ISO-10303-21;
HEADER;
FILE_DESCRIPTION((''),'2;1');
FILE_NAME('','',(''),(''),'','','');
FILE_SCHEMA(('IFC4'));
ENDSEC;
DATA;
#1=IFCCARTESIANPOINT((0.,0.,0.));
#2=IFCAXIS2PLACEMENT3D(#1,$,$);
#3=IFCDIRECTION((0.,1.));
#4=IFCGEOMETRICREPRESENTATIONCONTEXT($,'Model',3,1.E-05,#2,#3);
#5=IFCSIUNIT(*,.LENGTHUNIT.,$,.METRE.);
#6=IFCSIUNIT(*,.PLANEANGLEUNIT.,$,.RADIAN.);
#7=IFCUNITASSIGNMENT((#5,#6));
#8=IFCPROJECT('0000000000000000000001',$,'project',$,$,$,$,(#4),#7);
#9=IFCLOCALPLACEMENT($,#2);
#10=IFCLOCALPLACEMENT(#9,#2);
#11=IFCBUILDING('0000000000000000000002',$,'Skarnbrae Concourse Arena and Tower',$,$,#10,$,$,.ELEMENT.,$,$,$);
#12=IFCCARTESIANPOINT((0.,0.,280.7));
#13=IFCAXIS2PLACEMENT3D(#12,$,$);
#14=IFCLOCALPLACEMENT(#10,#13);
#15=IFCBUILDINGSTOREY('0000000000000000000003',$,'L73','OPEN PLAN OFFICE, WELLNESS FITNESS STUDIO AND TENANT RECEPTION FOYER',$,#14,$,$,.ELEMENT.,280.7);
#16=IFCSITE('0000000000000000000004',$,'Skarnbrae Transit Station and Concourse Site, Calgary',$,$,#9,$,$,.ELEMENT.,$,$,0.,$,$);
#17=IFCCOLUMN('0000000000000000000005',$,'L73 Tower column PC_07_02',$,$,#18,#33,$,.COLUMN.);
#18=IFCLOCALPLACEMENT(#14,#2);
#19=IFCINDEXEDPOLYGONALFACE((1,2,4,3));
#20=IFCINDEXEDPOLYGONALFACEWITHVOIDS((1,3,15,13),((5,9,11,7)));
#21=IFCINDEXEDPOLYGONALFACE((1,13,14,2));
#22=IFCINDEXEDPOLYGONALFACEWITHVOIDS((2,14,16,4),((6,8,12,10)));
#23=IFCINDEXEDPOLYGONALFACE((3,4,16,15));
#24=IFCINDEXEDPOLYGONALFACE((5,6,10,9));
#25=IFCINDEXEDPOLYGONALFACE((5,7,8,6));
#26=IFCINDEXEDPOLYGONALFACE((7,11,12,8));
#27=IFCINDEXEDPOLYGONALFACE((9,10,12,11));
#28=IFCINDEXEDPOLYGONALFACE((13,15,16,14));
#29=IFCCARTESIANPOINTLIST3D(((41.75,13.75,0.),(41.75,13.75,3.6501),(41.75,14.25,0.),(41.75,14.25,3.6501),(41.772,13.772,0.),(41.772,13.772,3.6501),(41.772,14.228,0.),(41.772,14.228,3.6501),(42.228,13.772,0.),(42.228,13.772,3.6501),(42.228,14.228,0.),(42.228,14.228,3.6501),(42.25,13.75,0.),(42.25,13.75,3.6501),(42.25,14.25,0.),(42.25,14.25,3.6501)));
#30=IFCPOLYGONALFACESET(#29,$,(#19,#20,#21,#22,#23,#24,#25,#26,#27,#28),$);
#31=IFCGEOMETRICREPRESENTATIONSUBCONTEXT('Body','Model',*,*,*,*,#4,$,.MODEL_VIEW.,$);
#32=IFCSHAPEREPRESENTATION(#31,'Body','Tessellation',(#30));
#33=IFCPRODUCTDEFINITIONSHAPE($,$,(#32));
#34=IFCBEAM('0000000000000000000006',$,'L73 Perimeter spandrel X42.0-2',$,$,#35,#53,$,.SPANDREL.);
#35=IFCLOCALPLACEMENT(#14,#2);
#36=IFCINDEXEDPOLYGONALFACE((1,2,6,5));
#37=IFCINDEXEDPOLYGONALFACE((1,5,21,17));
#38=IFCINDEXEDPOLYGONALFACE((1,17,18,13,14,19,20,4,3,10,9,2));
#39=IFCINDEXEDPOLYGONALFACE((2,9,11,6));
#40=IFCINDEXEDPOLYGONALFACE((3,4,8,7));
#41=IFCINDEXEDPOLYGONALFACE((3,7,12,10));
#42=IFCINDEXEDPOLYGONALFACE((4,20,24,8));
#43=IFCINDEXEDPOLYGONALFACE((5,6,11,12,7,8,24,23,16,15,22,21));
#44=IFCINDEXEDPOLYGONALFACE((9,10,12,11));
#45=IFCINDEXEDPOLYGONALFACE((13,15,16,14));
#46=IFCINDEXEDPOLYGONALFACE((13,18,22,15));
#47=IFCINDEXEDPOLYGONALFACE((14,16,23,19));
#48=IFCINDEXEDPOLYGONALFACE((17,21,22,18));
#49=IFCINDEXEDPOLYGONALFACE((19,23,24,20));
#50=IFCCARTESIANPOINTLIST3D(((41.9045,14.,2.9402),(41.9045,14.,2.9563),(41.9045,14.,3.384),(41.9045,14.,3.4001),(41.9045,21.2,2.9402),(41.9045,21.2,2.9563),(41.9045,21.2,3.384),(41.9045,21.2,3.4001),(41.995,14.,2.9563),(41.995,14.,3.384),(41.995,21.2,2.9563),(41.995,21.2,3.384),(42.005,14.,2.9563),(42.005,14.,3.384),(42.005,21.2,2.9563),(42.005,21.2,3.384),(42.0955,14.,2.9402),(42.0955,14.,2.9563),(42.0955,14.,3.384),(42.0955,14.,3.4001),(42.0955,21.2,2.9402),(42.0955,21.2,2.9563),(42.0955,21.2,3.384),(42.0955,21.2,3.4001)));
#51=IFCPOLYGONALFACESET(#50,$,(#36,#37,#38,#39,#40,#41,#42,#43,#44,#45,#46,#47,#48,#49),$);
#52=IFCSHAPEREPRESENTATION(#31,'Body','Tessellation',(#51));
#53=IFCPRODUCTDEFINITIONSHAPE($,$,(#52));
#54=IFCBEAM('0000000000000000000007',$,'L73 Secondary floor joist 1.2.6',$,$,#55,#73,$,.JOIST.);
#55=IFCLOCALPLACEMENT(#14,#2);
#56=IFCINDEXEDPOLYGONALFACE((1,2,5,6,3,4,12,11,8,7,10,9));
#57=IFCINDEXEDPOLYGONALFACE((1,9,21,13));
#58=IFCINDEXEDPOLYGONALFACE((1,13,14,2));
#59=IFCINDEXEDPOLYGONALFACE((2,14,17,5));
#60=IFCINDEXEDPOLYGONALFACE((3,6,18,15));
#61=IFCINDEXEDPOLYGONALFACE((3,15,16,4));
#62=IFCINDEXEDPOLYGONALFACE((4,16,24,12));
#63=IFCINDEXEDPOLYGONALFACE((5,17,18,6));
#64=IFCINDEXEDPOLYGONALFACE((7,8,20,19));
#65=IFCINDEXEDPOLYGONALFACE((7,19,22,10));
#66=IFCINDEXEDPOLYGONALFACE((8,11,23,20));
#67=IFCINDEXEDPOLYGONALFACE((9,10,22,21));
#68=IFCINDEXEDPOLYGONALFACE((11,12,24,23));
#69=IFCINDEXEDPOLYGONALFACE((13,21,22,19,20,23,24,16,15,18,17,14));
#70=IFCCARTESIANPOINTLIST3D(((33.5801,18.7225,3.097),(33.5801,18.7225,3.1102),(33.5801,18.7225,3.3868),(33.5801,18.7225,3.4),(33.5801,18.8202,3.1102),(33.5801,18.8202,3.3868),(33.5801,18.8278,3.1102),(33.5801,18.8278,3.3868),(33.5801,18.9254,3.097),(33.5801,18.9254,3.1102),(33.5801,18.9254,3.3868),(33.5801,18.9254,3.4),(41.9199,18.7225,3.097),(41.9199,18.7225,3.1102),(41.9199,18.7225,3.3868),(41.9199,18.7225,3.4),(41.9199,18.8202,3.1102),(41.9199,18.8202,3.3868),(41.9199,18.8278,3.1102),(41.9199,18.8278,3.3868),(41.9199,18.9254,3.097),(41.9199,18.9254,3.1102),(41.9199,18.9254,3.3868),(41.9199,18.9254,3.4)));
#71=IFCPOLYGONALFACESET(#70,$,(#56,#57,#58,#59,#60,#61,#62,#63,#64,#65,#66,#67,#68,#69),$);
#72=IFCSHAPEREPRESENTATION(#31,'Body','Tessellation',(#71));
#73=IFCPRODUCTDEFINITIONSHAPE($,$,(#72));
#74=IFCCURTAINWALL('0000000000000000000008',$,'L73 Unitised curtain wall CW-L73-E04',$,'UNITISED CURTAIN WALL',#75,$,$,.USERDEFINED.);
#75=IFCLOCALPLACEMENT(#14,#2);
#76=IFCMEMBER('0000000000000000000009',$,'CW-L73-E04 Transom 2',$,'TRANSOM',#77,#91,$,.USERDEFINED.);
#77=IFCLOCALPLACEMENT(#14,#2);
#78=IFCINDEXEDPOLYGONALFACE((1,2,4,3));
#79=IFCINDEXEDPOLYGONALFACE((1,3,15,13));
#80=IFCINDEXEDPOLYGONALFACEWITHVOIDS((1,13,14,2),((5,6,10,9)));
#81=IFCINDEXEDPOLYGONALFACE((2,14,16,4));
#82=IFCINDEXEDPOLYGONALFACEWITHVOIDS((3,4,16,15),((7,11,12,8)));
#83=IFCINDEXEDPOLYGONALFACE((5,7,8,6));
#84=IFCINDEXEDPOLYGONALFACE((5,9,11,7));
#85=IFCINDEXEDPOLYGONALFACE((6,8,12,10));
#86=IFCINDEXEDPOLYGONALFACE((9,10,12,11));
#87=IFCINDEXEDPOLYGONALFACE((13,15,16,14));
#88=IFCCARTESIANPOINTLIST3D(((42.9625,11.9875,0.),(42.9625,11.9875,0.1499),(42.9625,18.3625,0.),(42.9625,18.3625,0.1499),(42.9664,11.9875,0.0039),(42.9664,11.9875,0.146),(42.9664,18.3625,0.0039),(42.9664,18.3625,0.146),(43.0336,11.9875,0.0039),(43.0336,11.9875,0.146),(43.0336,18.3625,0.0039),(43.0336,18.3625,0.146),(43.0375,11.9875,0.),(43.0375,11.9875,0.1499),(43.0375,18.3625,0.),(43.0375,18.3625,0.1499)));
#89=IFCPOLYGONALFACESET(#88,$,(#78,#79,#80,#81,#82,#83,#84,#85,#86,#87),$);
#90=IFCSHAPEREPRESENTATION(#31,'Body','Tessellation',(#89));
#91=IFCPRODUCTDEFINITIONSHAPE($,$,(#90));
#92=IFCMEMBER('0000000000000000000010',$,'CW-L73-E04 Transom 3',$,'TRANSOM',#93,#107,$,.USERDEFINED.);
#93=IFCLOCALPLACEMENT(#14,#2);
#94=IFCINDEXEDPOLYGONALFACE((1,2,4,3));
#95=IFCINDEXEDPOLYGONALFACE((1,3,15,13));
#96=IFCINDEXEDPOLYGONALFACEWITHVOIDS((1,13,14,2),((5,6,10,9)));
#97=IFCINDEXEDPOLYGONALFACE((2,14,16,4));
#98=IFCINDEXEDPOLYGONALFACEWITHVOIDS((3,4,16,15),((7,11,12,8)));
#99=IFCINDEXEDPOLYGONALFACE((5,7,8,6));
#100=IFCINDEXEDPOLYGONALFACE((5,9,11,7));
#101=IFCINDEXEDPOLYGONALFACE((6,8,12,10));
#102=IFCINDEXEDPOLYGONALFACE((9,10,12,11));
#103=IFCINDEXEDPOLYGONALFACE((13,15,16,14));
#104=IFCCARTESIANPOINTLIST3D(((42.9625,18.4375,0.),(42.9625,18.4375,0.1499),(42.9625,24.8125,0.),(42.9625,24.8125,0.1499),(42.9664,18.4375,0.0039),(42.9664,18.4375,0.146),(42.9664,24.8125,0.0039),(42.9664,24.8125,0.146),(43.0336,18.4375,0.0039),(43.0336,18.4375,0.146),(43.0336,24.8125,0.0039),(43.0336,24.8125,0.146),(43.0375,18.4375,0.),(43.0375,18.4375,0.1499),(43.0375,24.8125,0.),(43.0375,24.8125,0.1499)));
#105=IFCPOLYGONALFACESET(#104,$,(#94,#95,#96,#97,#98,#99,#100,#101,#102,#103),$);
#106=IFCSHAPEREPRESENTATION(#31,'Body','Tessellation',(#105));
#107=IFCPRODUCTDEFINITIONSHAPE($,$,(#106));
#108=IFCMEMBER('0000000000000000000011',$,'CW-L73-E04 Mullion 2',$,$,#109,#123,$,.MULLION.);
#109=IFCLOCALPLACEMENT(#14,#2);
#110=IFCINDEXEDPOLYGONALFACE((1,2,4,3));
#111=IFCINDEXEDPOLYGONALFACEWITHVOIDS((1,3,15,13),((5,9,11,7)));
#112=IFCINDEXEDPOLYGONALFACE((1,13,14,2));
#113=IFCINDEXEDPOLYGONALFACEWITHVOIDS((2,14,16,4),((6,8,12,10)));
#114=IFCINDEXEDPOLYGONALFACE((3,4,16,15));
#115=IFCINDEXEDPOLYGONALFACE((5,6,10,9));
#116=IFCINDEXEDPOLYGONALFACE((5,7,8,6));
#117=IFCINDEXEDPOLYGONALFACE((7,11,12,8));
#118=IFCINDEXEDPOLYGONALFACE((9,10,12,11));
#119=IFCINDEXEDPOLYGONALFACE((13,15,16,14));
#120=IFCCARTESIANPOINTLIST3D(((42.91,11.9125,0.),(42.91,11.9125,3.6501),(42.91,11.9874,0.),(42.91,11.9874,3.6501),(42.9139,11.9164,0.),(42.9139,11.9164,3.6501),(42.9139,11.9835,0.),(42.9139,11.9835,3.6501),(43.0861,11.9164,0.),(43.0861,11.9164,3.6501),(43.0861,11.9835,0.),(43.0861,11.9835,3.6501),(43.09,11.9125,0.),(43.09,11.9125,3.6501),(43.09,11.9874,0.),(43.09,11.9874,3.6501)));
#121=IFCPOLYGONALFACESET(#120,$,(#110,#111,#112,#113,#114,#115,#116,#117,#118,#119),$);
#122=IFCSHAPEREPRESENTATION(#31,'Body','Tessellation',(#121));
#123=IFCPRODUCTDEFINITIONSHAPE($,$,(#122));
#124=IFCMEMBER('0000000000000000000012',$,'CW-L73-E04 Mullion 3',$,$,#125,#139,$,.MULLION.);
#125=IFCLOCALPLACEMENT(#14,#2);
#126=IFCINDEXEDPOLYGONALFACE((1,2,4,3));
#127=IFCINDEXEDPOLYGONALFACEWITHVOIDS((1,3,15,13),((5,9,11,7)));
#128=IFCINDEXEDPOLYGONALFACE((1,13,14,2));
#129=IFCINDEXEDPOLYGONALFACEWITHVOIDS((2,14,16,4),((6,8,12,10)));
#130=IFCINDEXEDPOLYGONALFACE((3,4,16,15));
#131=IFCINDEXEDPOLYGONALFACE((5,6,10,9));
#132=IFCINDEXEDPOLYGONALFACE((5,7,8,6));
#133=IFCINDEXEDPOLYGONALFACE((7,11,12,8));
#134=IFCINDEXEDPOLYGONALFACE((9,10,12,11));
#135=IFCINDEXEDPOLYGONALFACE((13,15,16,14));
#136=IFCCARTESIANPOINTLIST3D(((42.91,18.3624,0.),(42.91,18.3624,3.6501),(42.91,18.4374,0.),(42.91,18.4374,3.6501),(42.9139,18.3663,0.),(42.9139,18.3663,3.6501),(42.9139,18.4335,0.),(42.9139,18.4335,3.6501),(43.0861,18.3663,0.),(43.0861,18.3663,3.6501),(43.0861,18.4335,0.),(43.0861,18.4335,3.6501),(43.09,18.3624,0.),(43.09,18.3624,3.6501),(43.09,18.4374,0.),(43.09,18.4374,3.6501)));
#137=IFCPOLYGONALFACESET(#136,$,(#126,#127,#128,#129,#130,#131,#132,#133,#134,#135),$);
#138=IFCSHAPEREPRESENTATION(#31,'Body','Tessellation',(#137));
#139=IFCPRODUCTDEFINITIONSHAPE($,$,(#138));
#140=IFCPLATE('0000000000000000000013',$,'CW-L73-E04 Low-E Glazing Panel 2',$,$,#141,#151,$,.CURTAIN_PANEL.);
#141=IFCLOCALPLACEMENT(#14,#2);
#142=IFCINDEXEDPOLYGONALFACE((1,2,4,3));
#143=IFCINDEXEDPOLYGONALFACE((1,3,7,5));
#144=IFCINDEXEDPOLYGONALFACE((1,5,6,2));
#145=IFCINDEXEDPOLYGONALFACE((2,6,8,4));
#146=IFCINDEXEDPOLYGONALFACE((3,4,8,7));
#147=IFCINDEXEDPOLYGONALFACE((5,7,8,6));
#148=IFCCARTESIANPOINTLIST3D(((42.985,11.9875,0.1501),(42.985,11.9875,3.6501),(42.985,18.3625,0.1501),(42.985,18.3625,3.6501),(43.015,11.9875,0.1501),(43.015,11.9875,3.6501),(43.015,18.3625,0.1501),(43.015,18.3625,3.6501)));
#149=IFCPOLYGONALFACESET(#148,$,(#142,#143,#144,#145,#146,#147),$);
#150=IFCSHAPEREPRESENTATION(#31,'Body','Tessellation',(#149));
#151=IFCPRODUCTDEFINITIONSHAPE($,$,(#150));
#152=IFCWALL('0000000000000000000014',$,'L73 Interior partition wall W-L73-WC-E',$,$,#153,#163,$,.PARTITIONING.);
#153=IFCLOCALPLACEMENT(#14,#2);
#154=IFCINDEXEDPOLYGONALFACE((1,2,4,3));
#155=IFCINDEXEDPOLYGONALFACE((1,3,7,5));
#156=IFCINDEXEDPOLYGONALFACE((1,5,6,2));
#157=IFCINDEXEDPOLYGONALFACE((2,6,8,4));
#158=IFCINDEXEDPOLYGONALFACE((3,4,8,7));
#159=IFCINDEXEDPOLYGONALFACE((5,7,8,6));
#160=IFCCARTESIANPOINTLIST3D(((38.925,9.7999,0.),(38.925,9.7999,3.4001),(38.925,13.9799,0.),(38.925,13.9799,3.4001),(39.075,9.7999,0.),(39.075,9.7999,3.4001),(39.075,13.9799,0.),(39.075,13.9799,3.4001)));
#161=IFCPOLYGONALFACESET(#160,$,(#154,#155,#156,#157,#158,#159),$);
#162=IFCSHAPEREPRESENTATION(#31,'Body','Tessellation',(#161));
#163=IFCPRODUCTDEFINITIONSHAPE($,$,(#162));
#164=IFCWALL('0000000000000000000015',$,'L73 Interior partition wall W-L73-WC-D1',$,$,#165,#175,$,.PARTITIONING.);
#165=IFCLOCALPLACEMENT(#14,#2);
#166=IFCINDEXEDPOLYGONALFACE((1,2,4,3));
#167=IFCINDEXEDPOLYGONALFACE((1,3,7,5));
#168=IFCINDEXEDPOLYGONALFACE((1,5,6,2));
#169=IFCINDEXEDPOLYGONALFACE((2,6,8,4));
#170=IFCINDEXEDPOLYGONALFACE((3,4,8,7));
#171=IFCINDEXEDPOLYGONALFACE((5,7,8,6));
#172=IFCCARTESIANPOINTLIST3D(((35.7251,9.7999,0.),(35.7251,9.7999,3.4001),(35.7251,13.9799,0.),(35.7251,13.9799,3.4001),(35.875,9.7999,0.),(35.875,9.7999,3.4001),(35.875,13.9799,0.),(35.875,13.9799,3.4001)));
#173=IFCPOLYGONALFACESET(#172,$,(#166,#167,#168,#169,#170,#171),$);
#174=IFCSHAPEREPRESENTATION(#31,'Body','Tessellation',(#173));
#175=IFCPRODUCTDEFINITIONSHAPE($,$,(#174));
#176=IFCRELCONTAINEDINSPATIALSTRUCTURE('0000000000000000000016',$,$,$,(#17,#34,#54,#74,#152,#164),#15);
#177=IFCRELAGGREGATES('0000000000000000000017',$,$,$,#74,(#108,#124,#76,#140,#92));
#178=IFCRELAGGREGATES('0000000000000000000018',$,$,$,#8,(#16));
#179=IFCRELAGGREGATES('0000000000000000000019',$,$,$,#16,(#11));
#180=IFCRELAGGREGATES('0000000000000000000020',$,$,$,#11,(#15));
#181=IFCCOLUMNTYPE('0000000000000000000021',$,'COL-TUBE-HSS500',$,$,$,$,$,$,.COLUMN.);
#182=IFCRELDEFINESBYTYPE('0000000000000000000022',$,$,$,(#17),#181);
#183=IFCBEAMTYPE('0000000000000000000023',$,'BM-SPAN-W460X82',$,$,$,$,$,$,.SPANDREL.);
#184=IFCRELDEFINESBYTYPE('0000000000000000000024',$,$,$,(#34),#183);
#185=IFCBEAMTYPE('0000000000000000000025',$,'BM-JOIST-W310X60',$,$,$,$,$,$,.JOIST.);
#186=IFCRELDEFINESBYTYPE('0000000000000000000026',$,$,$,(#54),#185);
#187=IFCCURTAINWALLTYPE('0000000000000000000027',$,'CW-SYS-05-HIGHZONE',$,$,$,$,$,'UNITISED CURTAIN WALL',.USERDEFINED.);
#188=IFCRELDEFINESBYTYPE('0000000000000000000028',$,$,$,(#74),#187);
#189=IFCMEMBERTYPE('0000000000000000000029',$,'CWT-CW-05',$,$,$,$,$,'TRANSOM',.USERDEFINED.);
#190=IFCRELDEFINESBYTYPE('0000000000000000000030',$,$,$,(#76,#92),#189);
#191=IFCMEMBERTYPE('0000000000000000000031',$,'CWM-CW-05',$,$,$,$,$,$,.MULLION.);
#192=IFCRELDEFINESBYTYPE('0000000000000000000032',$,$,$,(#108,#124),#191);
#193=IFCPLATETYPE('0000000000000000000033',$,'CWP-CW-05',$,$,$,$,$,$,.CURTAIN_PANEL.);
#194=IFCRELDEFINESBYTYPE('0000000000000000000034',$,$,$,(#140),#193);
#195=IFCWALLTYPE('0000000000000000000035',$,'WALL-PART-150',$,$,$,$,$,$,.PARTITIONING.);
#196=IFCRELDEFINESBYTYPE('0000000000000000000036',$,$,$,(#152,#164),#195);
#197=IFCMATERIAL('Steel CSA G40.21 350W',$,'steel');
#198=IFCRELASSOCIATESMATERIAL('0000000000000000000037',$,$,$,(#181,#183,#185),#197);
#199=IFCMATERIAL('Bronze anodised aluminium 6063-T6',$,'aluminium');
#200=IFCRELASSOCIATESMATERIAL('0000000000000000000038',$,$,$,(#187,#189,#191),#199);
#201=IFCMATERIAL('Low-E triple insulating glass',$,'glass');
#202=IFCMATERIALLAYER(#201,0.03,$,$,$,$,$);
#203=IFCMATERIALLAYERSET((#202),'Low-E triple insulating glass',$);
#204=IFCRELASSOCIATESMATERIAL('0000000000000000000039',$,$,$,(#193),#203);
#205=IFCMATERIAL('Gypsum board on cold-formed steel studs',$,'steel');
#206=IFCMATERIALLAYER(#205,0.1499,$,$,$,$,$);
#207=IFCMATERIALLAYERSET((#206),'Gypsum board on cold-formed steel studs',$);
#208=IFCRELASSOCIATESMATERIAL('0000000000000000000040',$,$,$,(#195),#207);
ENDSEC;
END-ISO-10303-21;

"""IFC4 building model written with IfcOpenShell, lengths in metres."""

from ifc_helpers import new_model, si_unit, direction, frame, frame_2d, origin, origin_2d, place, context, subcontext, project, spatial, rectangle, hollow_rectangle, i_section, extrude, source, transform, mapped, material, layer, layer_set, material_profile, profile_set, type_object, element, aggregate, save


model = new_model("IFC4")

# Units and contexts
model_context = context("Model", 3, precision=1e-05, world=origin(), true_north=direction((0.0, 1.0)))
body_context = subcontext(model_context, "Body", "Model", "MODEL_VIEW")
ifc_project = project(units=[si_unit("LENGTHUNIT", "METRE"), si_unit("PLANEANGLEUNIT", "RADIAN")], contexts=[model_context])

# Site, building, storey
site_placement = place(None, origin())
site = spatial("IfcSite", under=ifc_project, at=site_placement, Name="Skarnbrae Transit Station and Concourse Site, Calgary", CompositionType="ELEMENT", RefElevation=0.0)
building_placement = place(site_placement, origin())
building = spatial("IfcBuilding", under=site, at=building_placement, Name="Skarnbrae Concourse Arena and Tower", CompositionType="ELEMENT")
storey_placement = place(building_placement, frame((0.0, 0.0, 280.7)))
storey = spatial("IfcBuildingStorey", under=building, at=storey_placement, Name="L73", Description="OPEN PLAN OFFICE, WELLNESS FITNESS STUDIO AND TENANT RECEPTION FOYER", CompositionType="ELEMENT", Elevation=280.7)

# Column
ifc_material_1 = material(Name="Steel CSA G40.21 350W", Category="steel")
ifc_material_profile_1 = material_profile(ifc_material_1, hollow_rectangle(XDim=0.5, YDim=0.5, WallThickness=0.022, at=origin_2d()), Name="HSS500X500X22.0")
ifc_profile_set_1 = profile_set([ifc_material_profile_1], Name="Steel CSA G40.21 350W")
column_type = type_object("IfcColumnType", Name="COL-TUBE-HSS500", PredefinedType="COLUMN", material=ifc_profile_set_1)
shared_shape_1 = source(origin(), body_context, "Body", "SweptSolid", [
    extrude(hollow_rectangle(XDim=0.5, YDim=0.5, WallThickness=0.022, at=origin_2d()), origin(), (0.0, 0.0, 1.0), 3.6501),
])
column_placement = place(storey_placement, frame((42.0, 14.0, 0.0), z_axis=(0.0, 0.0, 1.0), x_axis=(1.0, 0.0, 0.0)))
element("IfcColumn", 1, at=column_placement, inside=storey, type_object=column_type, Name="L73 Tower column PC_07_02", PredefinedType="COLUMN", context=body_context, shape_type="MappedRepresentation", body=[
    mapped(shared_shape_1, transform((0.0, 0.0, 0.0))),
])

# Beams
ifc_material_profile_2 = material_profile(ifc_material_1, i_section(OverallWidth=0.1909, OverallDepth=0.46, WebThickness=0.01, FlangeThickness=0.0161, at=origin_2d()), Name="W460X82")
ifc_profile_set_2 = profile_set([ifc_material_profile_2], Name="Steel CSA G40.21 350W")
beam_type_1 = type_object("IfcBeamType", Name="BM-SPAN-W460X82", PredefinedType="SPANDREL", material=ifc_profile_set_2)
shared_shape_2 = source(origin(), body_context, "Body", "SweptSolid", [
    extrude(i_section(OverallWidth=0.1909, OverallDepth=0.46, WebThickness=0.01, FlangeThickness=0.0161, at=origin_2d()), origin(), (0.0, 0.0, 1.0), 7.2),
])
beam_1_placement = place(storey_placement, frame((42.0, 14.0, 3.1702), z_axis=(0.0, 1.0, 0.0), x_axis=(-1.0, 0.0, 0.0)))
element("IfcBeam", 2, at=beam_1_placement, inside=storey, type_object=beam_type_1, Name="L73 Perimeter spandrel X42.0-2", PredefinedType="SPANDREL", context=body_context, shape_type="MappedRepresentation", body=[
    mapped(shared_shape_2, transform((0.0, 0.0, 0.0))),
])
ifc_material_profile_3 = material_profile(ifc_material_1, i_section(OverallWidth=0.2029, OverallDepth=0.303, WebThickness=0.0076, FlangeThickness=0.0132, at=origin_2d()), Name="W310X60")
ifc_profile_set_3 = profile_set([ifc_material_profile_3], Name="Steel CSA G40.21 350W")
beam_type_2 = type_object("IfcBeamType", Name="BM-JOIST-W310X60", PredefinedType="JOIST", material=ifc_profile_set_3)
shared_shape_3 = source(origin(), body_context, "Body", "SweptSolid", [
    extrude(i_section(OverallWidth=0.2029, OverallDepth=0.303, WebThickness=0.0076, FlangeThickness=0.0132, at=origin_2d()), origin(), (0.0, 0.0, 1.0), 8.3398),
])
beam_2_placement = place(storey_placement, frame((33.5801, 18.824, 3.2485), z_axis=(1.0, 0.0, 0.0), x_axis=(0.0, 1.0, 0.0)))
element("IfcBeam", 3, at=beam_2_placement, inside=storey, type_object=beam_type_2, Name="L73 Secondary floor joist 1.2.6", PredefinedType="JOIST", context=body_context, shape_type="MappedRepresentation", body=[
    mapped(shared_shape_3, transform((0.0, 0.0, 0.0))),
])

# Curtain wall, members, plate
ifc_material_2 = material(Name="Bronze anodised aluminium 6063-T6", Category="aluminium")
curtain_wall_type = type_object("IfcCurtainWallType", Name="CW-SYS-05-HIGHZONE", ElementType="UNITISED CURTAIN WALL", PredefinedType="USERDEFINED", material=ifc_material_2)
curtain_wall_placement = place(storey_placement, origin())
curtain_wall = element("IfcCurtainWall", 4, at=curtain_wall_placement, inside=storey, type_object=curtain_wall_type, Name="L73 Unitised curtain wall CW-L73-E04", ObjectType="UNITISED CURTAIN WALL", PredefinedType="USERDEFINED")
ifc_material_profile_4 = material_profile(ifc_material_2, hollow_rectangle(XDim=0.075, YDim=0.1499, WallThickness=0.0039, at=origin_2d()), Name="ALU-TRAN-75X150")
ifc_profile_set_4 = profile_set([ifc_material_profile_4], Name="Bronze anodised aluminium 6063-T6")
member_type_1 = type_object("IfcMemberType", Name="CWT-CW-05", ElementType="TRANSOM", PredefinedType="USERDEFINED", material=ifc_profile_set_4)
shared_shape_4 = source(origin(), body_context, "Body", "SweptSolid", [
    extrude(hollow_rectangle(XDim=0.075, YDim=0.1499, WallThickness=0.0039, at=origin_2d()), origin(), (0.0, 0.0, 1.0), 6.375),
])
member_1_placement = place(storey_placement, frame((43.0, 11.9875, 0.075), z_axis=(0.0, 1.0, 0.0), x_axis=(-1.0, 0.0, 0.0)))
member_1 = element("IfcMember", 5, at=member_1_placement, type_object=member_type_1, Name="CW-L73-E04 Transom 2", ObjectType="TRANSOM", PredefinedType="USERDEFINED", context=body_context, shape_type="MappedRepresentation", body=[
    mapped(shared_shape_4, transform((0.0, 0.0, 0.0))),
])
member_2_placement = place(storey_placement, frame((43.0, 18.4375, 0.075), z_axis=(0.0, 1.0, 0.0), x_axis=(-1.0, 0.0, 0.0)))
member_2 = element("IfcMember", 6, at=member_2_placement, type_object=member_type_1, Name="CW-L73-E04 Transom 3", ObjectType="TRANSOM", PredefinedType="USERDEFINED", context=body_context, shape_type="MappedRepresentation", body=[
    mapped(shared_shape_4, transform((0.0, 0.0, 0.0))),
])
ifc_material_profile_5 = material_profile(ifc_material_2, hollow_rectangle(XDim=0.075, YDim=0.1799, WallThickness=0.0039, at=origin_2d()), Name="ALU-MULL-75X180")
ifc_profile_set_5 = profile_set([ifc_material_profile_5], Name="Bronze anodised aluminium 6063-T6")
member_type_2 = type_object("IfcMemberType", Name="CWM-CW-05", PredefinedType="MULLION", material=ifc_profile_set_5)
shared_shape_5 = source(origin(), body_context, "Body", "SweptSolid", [
    extrude(hollow_rectangle(XDim=0.075, YDim=0.1799, WallThickness=0.0039, at=origin_2d()), origin(), (0.0, 0.0, 1.0), 3.6501),
])
member_3_placement = place(storey_placement, frame((43.0, 11.95, 0.0), z_axis=(0.0, 0.0, 1.0), x_axis=(0.0, 1.0, 0.0)))
member_3 = element("IfcMember", 7, at=member_3_placement, type_object=member_type_2, Name="CW-L73-E04 Mullion 2", PredefinedType="MULLION", context=body_context, shape_type="MappedRepresentation", body=[
    mapped(shared_shape_5, transform((0.0, 0.0, 0.0))),
])
member_4_placement = place(storey_placement, frame((43.0, 18.3999, 0.0), z_axis=(0.0, 0.0, 1.0), x_axis=(0.0, 1.0, 0.0)))
member_4 = element("IfcMember", 8, at=member_4_placement, type_object=member_type_2, Name="CW-L73-E04 Mullion 3", PredefinedType="MULLION", context=body_context, shape_type="MappedRepresentation", body=[
    mapped(shared_shape_5, transform((0.0, 0.0, 0.0))),
])
ifc_material_3 = material(Name="Low-E triple insulating glass", Category="glass")
ifc_layer_1 = layer(ifc_material_3, 0.03)
ifc_layer_set_1 = layer_set([ifc_layer_1], Name="Low-E triple insulating glass")
plate_type = type_object("IfcPlateType", Name="CWP-CW-05", PredefinedType="CURTAIN_PANEL", material=ifc_layer_set_1)
shared_shape_6 = source(origin(), body_context, "Body", "SweptSolid", [
    extrude(rectangle(XDim=6.375, YDim=0.03, at=origin_2d()), origin(), (0.0, 0.0, 1.0), 3.5),
])
plate_placement = place(storey_placement, frame((43.0, 15.175, 0.1501), z_axis=(0.0, 0.0, 1.0), x_axis=(0.0, 1.0, 0.0)))
plate = element("IfcPlate", 9, at=plate_placement, type_object=plate_type, Name="CW-L73-E04 Low-E Glazing Panel 2", PredefinedType="CURTAIN_PANEL", context=body_context, shape_type="MappedRepresentation", body=[
    mapped(shared_shape_6, transform((0.0, 0.0, 0.0))),
])
aggregate(curtain_wall, [member_3, member_4, member_1, plate, member_2])

# Walls
ifc_material_4 = material(Name="Gypsum board on cold-formed steel studs", Category="steel")
ifc_layer_2 = layer(ifc_material_4, 0.1499)
ifc_layer_set_2 = layer_set([ifc_layer_2], Name="Gypsum board on cold-formed steel studs")
wall_type_1 = type_object("IfcWallType", Name="WALL-PART-150", PredefinedType="PARTITIONING", material=ifc_layer_set_2)
shared_shape_7 = source(origin(), body_context, "Body", "SweptSolid", [
    extrude(rectangle(XDim=4.1799, YDim=0.1499, at=frame_2d((2.0898, 0.0))), origin(), (0.0, 0.0, 1.0), 3.4001),
])
for number, where, z_axis, x_axis, name in (
    (10, (39.0, 9.8, 0.0), (0.0, 0.0, 1.0), (0.0, 1.0, 0.0), "L73 Interior partition wall W-L73-WC-E"),
    (11, (35.8, 9.8, 0.0), (0.0, 0.0, 1.0), (0.0, 1.0, 0.0), "L73 Interior partition wall W-L73-WC-D1"),
):
    element("IfcWall", number, at=place(storey_placement, frame(where, z_axis=z_axis, x_axis=x_axis)), inside=storey, type_object=wall_type_1, Name=name, PredefinedType="PARTITIONING", context=body_context, shape_type="MappedRepresentation", body=[
        mapped(shared_shape_7, transform((0.0, 0.0, 0.0))),
    ])

save(model, "model.ifc")
